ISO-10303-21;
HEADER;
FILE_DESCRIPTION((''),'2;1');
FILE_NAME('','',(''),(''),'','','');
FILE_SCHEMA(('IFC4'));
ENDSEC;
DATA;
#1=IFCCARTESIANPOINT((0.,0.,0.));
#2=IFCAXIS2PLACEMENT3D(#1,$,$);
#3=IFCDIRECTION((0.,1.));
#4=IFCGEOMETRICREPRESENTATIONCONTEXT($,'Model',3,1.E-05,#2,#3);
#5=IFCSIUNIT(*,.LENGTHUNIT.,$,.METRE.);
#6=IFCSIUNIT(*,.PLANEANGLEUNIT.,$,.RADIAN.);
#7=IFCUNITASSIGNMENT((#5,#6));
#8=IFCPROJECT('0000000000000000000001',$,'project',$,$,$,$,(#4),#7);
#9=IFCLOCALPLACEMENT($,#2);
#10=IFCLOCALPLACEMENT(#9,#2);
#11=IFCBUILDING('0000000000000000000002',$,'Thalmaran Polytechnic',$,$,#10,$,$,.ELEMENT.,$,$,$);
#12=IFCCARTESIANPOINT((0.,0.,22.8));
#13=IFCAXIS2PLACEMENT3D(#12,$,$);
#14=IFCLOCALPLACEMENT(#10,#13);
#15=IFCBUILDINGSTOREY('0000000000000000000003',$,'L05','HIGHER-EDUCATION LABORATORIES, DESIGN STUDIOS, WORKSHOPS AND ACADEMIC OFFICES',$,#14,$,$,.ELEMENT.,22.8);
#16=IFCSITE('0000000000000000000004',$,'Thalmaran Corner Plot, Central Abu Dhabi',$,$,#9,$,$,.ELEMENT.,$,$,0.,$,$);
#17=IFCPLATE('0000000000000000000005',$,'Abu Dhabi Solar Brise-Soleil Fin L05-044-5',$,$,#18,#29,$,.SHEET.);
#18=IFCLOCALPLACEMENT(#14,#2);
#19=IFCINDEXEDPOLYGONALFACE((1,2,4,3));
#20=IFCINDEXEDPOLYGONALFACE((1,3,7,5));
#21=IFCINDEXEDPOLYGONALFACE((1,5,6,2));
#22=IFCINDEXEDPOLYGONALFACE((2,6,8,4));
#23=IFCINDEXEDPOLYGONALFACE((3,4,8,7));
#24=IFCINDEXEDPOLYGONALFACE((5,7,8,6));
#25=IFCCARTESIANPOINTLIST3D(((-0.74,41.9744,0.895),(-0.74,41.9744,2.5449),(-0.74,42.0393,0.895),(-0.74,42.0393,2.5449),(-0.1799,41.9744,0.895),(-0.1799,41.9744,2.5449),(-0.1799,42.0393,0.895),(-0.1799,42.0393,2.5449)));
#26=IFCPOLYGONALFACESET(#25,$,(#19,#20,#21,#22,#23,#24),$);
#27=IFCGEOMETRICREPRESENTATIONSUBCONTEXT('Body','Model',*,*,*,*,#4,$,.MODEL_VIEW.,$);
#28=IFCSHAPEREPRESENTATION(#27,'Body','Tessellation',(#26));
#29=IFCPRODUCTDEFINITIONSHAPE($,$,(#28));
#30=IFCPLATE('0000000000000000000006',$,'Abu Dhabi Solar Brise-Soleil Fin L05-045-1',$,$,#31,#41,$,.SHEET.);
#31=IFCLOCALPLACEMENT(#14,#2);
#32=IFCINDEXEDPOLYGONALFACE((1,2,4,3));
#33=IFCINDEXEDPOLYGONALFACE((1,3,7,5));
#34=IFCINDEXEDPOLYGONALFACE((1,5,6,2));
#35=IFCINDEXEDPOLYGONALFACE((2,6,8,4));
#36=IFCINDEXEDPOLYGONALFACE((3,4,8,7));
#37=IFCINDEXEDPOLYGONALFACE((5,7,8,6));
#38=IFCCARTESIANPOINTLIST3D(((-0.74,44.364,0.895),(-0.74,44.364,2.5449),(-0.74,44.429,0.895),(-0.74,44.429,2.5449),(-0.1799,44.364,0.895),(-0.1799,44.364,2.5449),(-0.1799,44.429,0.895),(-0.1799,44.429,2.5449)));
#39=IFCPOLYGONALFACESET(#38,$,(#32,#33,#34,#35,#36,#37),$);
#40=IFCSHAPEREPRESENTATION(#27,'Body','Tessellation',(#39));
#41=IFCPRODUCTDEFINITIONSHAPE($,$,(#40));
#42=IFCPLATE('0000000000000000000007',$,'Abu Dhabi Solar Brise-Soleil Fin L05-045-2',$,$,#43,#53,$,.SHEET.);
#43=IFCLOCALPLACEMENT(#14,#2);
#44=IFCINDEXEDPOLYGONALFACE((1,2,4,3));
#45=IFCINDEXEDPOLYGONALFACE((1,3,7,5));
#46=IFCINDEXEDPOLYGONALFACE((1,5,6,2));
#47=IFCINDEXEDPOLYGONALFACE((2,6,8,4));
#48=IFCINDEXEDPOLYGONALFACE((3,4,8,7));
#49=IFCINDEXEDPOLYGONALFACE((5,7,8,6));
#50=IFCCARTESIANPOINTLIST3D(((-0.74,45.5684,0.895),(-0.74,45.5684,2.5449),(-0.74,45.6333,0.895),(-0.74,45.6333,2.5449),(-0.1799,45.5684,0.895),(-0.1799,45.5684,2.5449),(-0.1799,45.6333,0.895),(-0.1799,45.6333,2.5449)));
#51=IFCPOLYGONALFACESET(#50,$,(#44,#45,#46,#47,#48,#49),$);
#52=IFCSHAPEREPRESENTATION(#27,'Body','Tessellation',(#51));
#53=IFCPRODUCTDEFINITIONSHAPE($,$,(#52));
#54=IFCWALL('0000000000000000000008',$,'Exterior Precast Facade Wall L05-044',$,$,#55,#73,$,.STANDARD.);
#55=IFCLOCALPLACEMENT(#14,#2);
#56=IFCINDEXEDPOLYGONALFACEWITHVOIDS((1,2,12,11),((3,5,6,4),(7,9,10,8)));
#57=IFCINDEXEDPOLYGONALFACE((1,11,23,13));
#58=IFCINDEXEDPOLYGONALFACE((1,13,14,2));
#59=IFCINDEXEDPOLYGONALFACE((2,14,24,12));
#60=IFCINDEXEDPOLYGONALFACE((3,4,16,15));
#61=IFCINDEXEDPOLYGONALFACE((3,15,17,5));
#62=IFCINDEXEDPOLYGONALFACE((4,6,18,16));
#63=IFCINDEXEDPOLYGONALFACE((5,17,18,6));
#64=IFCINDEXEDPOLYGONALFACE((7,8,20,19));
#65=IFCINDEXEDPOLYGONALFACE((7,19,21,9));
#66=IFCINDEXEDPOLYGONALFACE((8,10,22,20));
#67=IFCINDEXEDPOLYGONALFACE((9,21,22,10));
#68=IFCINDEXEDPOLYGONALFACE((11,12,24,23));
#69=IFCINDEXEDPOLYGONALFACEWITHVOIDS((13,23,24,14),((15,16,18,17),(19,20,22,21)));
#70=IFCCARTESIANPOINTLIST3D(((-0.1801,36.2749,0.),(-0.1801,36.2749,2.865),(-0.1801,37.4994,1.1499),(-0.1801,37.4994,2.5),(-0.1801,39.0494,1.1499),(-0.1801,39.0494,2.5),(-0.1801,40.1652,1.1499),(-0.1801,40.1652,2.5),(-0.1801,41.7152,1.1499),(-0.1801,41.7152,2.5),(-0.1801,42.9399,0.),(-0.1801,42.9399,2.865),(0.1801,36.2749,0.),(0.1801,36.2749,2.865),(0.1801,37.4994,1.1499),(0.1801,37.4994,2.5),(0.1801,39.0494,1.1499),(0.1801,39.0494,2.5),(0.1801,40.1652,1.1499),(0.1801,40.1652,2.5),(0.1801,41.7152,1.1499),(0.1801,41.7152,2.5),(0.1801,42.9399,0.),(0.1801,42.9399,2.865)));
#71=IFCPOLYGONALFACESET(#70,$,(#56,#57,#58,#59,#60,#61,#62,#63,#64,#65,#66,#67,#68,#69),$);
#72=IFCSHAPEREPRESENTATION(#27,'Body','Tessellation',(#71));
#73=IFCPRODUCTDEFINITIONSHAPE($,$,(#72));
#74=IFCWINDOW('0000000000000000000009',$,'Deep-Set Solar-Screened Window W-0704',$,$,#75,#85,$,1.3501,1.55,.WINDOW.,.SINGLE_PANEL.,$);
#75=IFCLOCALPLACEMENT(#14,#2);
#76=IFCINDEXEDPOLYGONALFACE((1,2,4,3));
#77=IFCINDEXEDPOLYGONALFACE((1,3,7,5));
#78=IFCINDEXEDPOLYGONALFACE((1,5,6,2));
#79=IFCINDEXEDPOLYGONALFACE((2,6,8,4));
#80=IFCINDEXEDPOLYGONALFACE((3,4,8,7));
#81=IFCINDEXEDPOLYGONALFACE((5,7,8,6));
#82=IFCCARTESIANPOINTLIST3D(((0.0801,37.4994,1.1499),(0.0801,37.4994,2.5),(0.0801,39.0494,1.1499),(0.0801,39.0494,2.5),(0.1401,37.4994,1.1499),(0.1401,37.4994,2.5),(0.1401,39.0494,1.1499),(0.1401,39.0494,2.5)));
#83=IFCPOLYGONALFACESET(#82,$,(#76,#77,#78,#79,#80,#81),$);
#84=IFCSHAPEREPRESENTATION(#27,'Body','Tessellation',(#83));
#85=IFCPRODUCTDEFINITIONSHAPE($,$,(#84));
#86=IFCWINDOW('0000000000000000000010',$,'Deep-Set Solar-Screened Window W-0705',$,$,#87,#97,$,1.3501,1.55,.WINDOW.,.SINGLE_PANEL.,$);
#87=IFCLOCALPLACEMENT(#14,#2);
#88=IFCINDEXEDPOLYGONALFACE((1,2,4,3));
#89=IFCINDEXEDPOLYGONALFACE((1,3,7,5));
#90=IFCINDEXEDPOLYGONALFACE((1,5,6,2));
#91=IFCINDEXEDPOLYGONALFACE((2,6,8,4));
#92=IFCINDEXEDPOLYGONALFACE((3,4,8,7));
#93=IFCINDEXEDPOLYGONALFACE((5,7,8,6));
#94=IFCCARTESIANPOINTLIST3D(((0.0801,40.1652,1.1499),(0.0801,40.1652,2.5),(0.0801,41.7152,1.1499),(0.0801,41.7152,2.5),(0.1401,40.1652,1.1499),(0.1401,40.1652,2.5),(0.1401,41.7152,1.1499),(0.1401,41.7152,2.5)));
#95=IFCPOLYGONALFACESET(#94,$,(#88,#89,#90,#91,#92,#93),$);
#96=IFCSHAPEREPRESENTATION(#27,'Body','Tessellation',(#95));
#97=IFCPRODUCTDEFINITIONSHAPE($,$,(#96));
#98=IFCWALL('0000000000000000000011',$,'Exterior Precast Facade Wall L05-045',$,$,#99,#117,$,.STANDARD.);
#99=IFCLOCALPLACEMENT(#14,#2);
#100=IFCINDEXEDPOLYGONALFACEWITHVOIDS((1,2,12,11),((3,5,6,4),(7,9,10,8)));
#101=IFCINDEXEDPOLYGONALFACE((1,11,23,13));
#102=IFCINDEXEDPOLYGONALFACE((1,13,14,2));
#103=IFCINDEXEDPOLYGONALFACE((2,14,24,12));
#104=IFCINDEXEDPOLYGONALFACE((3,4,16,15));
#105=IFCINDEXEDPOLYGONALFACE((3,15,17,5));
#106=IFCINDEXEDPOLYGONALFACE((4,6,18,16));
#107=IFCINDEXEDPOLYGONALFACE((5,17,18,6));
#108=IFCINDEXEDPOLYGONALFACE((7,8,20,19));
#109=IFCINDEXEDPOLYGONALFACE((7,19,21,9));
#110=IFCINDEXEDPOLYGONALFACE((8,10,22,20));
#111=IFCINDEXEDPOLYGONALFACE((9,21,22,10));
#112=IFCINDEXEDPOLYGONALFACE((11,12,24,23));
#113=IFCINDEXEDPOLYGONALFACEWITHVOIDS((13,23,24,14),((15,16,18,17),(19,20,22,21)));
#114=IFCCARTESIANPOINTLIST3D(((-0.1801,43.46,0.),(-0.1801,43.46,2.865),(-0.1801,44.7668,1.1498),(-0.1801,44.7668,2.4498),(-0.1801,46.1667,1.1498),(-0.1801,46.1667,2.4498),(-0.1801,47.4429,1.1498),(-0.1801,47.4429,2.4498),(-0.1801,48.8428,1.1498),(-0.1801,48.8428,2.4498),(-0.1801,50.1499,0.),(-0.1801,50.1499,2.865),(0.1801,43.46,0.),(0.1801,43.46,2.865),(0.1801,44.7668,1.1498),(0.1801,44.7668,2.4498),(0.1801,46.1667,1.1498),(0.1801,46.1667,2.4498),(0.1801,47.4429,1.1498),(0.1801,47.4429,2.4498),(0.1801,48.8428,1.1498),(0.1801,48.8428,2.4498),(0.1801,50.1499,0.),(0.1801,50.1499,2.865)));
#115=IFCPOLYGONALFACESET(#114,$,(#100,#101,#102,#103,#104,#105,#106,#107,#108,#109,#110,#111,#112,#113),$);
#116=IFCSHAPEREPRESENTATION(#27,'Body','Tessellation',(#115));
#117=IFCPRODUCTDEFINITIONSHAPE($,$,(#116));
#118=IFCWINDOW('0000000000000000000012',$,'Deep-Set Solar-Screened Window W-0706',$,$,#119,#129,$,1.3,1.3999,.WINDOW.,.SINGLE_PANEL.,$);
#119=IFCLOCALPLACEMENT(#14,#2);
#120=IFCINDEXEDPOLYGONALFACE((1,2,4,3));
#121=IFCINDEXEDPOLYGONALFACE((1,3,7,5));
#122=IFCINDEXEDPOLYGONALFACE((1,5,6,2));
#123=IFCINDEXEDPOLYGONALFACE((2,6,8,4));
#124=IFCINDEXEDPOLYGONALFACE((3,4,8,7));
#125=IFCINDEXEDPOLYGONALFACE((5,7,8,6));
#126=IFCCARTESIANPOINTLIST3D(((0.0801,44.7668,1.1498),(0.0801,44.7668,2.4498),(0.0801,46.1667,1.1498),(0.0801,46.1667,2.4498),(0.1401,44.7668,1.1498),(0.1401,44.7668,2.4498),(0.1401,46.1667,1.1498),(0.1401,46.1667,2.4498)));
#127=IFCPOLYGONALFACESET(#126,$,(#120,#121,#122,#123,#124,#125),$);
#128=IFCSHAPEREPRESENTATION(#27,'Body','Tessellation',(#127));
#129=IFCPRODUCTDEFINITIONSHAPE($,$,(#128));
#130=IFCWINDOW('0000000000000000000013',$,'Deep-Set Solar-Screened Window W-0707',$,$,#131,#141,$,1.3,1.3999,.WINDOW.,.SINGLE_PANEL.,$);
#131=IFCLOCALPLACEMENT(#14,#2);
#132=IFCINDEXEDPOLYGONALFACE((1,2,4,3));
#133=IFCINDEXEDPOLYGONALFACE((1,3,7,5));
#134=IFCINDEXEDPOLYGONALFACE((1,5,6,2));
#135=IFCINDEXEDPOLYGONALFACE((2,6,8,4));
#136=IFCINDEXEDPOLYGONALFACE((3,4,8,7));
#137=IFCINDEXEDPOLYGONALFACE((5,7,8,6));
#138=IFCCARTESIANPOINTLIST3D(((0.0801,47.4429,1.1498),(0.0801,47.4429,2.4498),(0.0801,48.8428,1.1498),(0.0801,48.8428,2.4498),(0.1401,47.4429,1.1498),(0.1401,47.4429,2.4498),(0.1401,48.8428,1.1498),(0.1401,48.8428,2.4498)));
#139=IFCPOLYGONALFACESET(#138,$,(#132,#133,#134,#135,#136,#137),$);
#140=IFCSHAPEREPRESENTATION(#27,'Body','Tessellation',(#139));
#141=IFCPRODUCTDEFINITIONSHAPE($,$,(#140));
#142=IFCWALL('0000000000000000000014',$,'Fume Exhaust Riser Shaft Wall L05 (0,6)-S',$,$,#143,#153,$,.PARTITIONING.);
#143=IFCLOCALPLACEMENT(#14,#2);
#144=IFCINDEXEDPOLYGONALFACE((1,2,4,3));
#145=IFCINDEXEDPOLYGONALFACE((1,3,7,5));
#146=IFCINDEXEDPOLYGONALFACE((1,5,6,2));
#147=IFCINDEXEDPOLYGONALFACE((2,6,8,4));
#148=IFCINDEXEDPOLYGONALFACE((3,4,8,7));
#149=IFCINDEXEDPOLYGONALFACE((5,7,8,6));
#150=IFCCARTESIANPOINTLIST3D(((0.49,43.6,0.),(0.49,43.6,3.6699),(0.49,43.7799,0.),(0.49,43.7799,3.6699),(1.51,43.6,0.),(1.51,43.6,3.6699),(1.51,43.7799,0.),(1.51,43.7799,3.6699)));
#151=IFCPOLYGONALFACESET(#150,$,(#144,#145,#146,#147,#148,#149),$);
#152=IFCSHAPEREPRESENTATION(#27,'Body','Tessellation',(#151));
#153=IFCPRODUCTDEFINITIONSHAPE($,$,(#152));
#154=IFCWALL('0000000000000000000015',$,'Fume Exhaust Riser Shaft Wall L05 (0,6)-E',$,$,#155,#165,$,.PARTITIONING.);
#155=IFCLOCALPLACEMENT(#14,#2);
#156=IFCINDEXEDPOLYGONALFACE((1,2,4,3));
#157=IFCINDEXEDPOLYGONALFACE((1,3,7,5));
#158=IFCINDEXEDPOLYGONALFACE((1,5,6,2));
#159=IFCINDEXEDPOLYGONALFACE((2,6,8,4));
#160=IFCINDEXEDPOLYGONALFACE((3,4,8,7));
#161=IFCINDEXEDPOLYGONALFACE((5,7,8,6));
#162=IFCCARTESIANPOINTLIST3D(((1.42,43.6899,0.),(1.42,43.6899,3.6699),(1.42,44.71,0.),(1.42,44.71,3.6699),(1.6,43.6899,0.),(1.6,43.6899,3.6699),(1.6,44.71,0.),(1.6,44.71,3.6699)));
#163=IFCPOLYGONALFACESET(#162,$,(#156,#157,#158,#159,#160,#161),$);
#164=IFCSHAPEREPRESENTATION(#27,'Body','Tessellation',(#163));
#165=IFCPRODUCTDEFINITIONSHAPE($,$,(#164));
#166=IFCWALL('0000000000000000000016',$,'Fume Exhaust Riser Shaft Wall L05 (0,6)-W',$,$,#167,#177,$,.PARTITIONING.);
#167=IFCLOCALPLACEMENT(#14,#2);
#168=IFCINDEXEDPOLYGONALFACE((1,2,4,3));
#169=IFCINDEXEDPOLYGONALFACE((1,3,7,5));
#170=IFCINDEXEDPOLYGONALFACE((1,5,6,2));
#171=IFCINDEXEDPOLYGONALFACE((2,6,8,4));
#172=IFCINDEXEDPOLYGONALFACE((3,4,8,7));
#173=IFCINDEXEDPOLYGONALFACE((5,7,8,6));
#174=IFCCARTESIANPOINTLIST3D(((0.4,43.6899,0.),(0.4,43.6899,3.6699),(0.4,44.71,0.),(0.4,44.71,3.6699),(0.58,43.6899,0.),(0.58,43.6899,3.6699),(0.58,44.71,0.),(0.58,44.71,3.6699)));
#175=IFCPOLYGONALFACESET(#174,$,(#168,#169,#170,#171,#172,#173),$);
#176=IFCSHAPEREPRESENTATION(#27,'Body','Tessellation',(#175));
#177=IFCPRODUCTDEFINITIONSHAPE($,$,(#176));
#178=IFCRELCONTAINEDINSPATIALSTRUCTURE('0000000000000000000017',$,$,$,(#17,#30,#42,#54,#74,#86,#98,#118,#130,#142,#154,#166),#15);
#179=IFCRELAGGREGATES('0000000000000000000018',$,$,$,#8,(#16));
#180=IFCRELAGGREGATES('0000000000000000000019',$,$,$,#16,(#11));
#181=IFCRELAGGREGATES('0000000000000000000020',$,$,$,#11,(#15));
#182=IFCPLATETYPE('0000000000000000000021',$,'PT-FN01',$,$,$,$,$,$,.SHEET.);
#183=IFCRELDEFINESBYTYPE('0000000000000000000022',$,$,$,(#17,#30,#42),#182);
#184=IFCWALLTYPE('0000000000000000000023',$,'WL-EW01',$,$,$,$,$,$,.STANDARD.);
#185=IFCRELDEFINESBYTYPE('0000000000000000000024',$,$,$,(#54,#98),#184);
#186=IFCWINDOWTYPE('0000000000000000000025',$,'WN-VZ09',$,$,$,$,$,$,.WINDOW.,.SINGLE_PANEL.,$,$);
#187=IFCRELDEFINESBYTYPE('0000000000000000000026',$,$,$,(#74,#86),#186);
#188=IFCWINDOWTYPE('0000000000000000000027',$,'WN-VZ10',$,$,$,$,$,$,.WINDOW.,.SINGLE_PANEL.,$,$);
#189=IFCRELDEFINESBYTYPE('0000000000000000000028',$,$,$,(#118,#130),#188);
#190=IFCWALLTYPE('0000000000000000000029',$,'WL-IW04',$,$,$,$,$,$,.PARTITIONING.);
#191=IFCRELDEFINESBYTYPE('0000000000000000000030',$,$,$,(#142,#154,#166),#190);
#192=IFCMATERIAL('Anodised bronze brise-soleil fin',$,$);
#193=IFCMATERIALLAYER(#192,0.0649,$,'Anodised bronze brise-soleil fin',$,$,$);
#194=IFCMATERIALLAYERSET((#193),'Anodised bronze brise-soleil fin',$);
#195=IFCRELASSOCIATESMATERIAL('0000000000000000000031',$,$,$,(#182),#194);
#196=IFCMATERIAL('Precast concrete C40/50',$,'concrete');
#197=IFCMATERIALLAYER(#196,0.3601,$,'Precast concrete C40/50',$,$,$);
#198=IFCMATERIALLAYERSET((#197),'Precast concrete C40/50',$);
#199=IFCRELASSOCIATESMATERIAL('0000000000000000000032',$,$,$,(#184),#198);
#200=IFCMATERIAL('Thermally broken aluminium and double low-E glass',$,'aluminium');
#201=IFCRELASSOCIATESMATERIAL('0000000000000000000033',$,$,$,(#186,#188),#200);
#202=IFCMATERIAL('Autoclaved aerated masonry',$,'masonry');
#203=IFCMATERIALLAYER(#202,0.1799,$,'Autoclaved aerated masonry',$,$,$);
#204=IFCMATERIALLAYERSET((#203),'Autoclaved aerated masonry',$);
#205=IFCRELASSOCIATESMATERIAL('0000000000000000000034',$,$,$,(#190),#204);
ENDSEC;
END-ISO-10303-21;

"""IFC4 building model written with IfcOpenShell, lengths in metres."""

from ifc_helpers import new_model, si_unit, direction, frame, frame_2d, origin, origin_2d, place, context, subcontext, project, spatial, rectangle, extrude, material, layer, layer_set, type_object, element, fill, save


model = new_model("IFC4")

# Units and contexts
model_context = context("Model", 3, precision=1e-05, world=origin(), true_north=direction((0.0, 1.0)))
body_context = subcontext(model_context, "Body", "Model", "MODEL_VIEW")
ifc_project = project(units=[si_unit("LENGTHUNIT", "METRE"), si_unit("PLANEANGLEUNIT", "RADIAN")], contexts=[model_context])

# Site, building, storey
site_placement = place(None, origin())
site = spatial("IfcSite", under=ifc_project, at=site_placement, Name="Thalmaran Corner Plot, Central Abu Dhabi", CompositionType="ELEMENT", RefElevation=0.0)
building_placement = place(site_placement, origin())
building = spatial("IfcBuilding", under=site, at=building_placement, Name="Thalmaran Polytechnic", CompositionType="ELEMENT")
storey_placement = place(building_placement, frame((0.0, 0.0, 22.8)))
storey = spatial("IfcBuildingStorey", under=building, at=storey_placement, Name="L05", Description="HIGHER-EDUCATION LABORATORIES, DESIGN STUDIOS, WORKSHOPS AND ACADEMIC OFFICES", CompositionType="ELEMENT", Elevation=22.8)

# Plates
ifc_material_1 = material(Name="Anodised bronze brise-soleil fin")
ifc_layer_1 = layer(ifc_material_1, 0.0649, Name="Anodised bronze brise-soleil fin")
ifc_layer_set_1 = layer_set([ifc_layer_1], Name="Anodised bronze brise-soleil fin")
plate_type_1 = type_object("IfcPlateType", Name="PT-FN01", PredefinedType="SHEET", material=ifc_layer_set_1)
for number, where, z_axis, x_axis, name in (
    (1, (-0.46, 42.0068, 0.895), (0.0, 0.0, 1.0), (0.0, 1.0, 0.0), "Abu Dhabi Solar Brise-Soleil Fin L05-044-5"),
    (2, (-0.46, 44.3965, 0.895), (0.0, 0.0, 1.0), (0.0, 1.0, 0.0), "Abu Dhabi Solar Brise-Soleil Fin L05-045-1"),
    (3, (-0.46, 45.6008, 0.895), (0.0, 0.0, 1.0), (0.0, 1.0, 0.0), "Abu Dhabi Solar Brise-Soleil Fin L05-045-2"),
):
    element("IfcPlate", number, at=place(storey_placement, frame(where, z_axis=z_axis, x_axis=x_axis)), inside=storey, type_object=plate_type_1, Name=name, PredefinedType="SHEET", context=body_context, shape_type="SweptSolid", body=[
        extrude(rectangle(XDim=0.0649, YDim=0.5601, at=origin_2d()), origin(), (0.0, 0.0, 1.0), 1.6499),
    ])

# Walls, openings, windows
ifc_material_2 = material(Name="Precast concrete C40/50", Category="concrete")
ifc_layer_2 = layer(ifc_material_2, 0.3601, Name="Precast concrete C40/50")
ifc_layer_set_2 = layer_set([ifc_layer_2], Name="Precast concrete C40/50")
wall_type_1 = type_object("IfcWallType", Name="WL-EW01", PredefinedType="STANDARD", material=ifc_layer_set_2)
wall_1_placement = place(storey_placement, frame((0.0, 36.2749, 0.0), z_axis=(0.0, 0.0, 1.0), x_axis=(0.0, 1.0, 0.0)))
wall_1 = element("IfcWall", 4, at=wall_1_placement, inside=storey, type_object=wall_type_1, Name="Exterior Precast Facade Wall L05-044", PredefinedType="STANDARD", context=body_context, shape_type="SweptSolid", body=[
    extrude(rectangle(XDim=6.665, YDim=0.3601, at=frame_2d((3.3325, 0.0))), origin(), (0.0, 0.0, 1.0), 2.865),
])
opening_1_placement = place(wall_1_placement, frame((1.2246, 0.0, 1.1499)))
opening_1 = element("IfcOpeningElement", 5, at=opening_1_placement, cuts=wall_1, PredefinedType="OPENING", context=body_context, shape_type="SweptSolid", body=[
    extrude(rectangle(XDim=1.55, YDim=1.3501, at=frame_2d((0.7749, 0.675))), frame((0.0, 0.1899, 0.0), z_axis=(0.0, -1.0, 0.0), x_axis=(1.0, 0.0, 0.0)), (0.0, 0.0, 1.0), 0.3801),
])
opening_2_placement = place(wall_1_placement, frame((3.8904, 0.0, 1.1499)))
opening_2 = element("IfcOpeningElement", 6, at=opening_2_placement, cuts=wall_1, PredefinedType="OPENING", context=body_context, shape_type="SweptSolid", body=[
    extrude(rectangle(XDim=1.55, YDim=1.3501, at=frame_2d((0.7749, 0.675))), frame((0.0, 0.1899, 0.0), z_axis=(0.0, -1.0, 0.0), x_axis=(1.0, 0.0, 0.0)), (0.0, 0.0, 1.0), 0.3801),
])
ifc_material_3 = material(Name="Thermally broken aluminium and double low-E glass", Category="aluminium")
window_type_1 = type_object("IfcWindowType", Name="WN-VZ09", PartitioningType="SINGLE_PANEL", PredefinedType="WINDOW", material=ifc_material_3)
window_1_placement = place(opening_1_placement, origin())
window_1 = element("IfcWindow", 7, at=window_1_placement, inside=storey, type_object=window_type_1, Name="Deep-Set Solar-Screened Window W-0704", OverallHeight=1.3501, OverallWidth=1.55, PartitioningType="SINGLE_PANEL", PredefinedType="WINDOW", context=body_context, shape_type="SweptSolid", body=[
    extrude(rectangle(XDim=1.55, YDim=1.3501, at=frame_2d((0.7749, 0.675))), frame((0.0, -0.0801, 0.0), z_axis=(0.0, -1.0, 0.0), x_axis=(1.0, 0.0, 0.0)), (0.0, 0.0, 1.0), 0.0601),
])
fill(opening_1, window_1)
window_2_placement = place(opening_2_placement, origin())
window_2 = element("IfcWindow", 8, at=window_2_placement, inside=storey, type_object=window_type_1, Name="Deep-Set Solar-Screened Window W-0705", OverallHeight=1.3501, OverallWidth=1.55, PartitioningType="SINGLE_PANEL", PredefinedType="WINDOW", context=body_context, shape_type="SweptSolid", body=[
    extrude(rectangle(XDim=1.55, YDim=1.3501, at=frame_2d((0.7749, 0.675))), frame((0.0, -0.0801, 0.0), z_axis=(0.0, -1.0, 0.0), x_axis=(1.0, 0.0, 0.0)), (0.0, 0.0, 1.0), 0.0601),
])
fill(opening_2, window_2)
wall_2_placement = place(storey_placement, frame((0.0, 43.46, 0.0), z_axis=(0.0, 0.0, 1.0), x_axis=(0.0, 1.0, 0.0)))
wall_2 = element("IfcWall", 9, at=wall_2_placement, inside=storey, type_object=wall_type_1, Name="Exterior Precast Facade Wall L05-045", PredefinedType="STANDARD", context=body_context, shape_type="SweptSolid", body=[
    extrude(rectangle(XDim=6.6899, YDim=0.3601, at=frame_2d((3.345, 0.0))), origin(), (0.0, 0.0, 1.0), 2.865),
])
opening_3_placement = place(wall_2_placement, frame((1.3069, 0.0, 1.1499)))
opening_3 = element("IfcOpeningElement", 10, at=opening_3_placement, cuts=wall_2, PredefinedType="OPENING", context=body_context, shape_type="SweptSolid", body=[
    extrude(rectangle(XDim=1.3999, YDim=1.3, at=frame_2d((0.7, 0.6499))), frame((0.0, 0.1899, 0.0), z_axis=(0.0, -1.0, 0.0), x_axis=(1.0, 0.0, 0.0)), (0.0, 0.0, 1.0), 0.3801),
])
opening_4_placement = place(wall_2_placement, frame((3.9829, 0.0, 1.1499)))
opening_4 = element("IfcOpeningElement", 11, at=opening_4_placement, cuts=wall_2, PredefinedType="OPENING", context=body_context, shape_type="SweptSolid", body=[
    extrude(rectangle(XDim=1.3999, YDim=1.3, at=frame_2d((0.7, 0.6499))), frame((0.0, 0.1899, 0.0), z_axis=(0.0, -1.0, 0.0), x_axis=(1.0, 0.0, 0.0)), (0.0, 0.0, 1.0), 0.3801),
])
window_type_2 = type_object("IfcWindowType", Name="WN-VZ10", PartitioningType="SINGLE_PANEL", PredefinedType="WINDOW", material=ifc_material_3)
window_3_placement = place(opening_3_placement, origin())
window_3 = element("IfcWindow", 12, at=window_3_placement, inside=storey, type_object=window_type_2, Name="Deep-Set Solar-Screened Window W-0706", OverallHeight=1.3, OverallWidth=1.3999, PartitioningType="SINGLE_PANEL", PredefinedType="WINDOW", context=body_context, shape_type="SweptSolid", body=[
    extrude(rectangle(XDim=1.3999, YDim=1.3, at=frame_2d((0.7, 0.6499))), frame((0.0, -0.0801, 0.0), z_axis=(0.0, -1.0, 0.0), x_axis=(1.0, 0.0, 0.0)), (0.0, 0.0, 1.0), 0.0601),
])
fill(opening_3, window_3)
window_4_placement = place(opening_4_placement, origin())
window_4 = element("IfcWindow", 13, at=window_4_placement, inside=storey, type_object=window_type_2, Name="Deep-Set Solar-Screened Window W-0707", OverallHeight=1.3, OverallWidth=1.3999, PartitioningType="SINGLE_PANEL", PredefinedType="WINDOW", context=body_context, shape_type="SweptSolid", body=[
    extrude(rectangle(XDim=1.3999, YDim=1.3, at=frame_2d((0.7, 0.6499))), frame((0.0, -0.0801, 0.0), z_axis=(0.0, -1.0, 0.0), x_axis=(1.0, 0.0, 0.0)), (0.0, 0.0, 1.0), 0.0601),
])
fill(opening_4, window_4)

# Walls
ifc_material_4 = material(Name="Autoclaved aerated masonry", Category="masonry")
ifc_layer_3 = layer(ifc_material_4, 0.1799, Name="Autoclaved aerated masonry")
ifc_layer_set_3 = layer_set([ifc_layer_3], Name="Autoclaved aerated masonry")
wall_type_2 = type_object("IfcWallType", Name="WL-IW04", PredefinedType="PARTITIONING", material=ifc_layer_set_3)
for number, where, z_axis, x_axis, name in (
    (14, (0.49, 43.6899, 0.0), (0.0, 0.0, 1.0), (1.0, 0.0, 0.0), "Fume Exhaust Riser Shaft Wall L05 (0,6)-S"),
    (15, (1.51, 43.6899, 0.0), (0.0, 0.0, 1.0), (0.0, 1.0, 0.0), "Fume Exhaust Riser Shaft Wall L05 (0,6)-E"),
    (16, (0.49, 44.71, 0.0), (0.0, 0.0, 1.0), (0.0, -1.0, 0.0), "Fume Exhaust Riser Shaft Wall L05 (0,6)-W"),
):
    element("IfcWall", number, at=place(storey_placement, frame(where, z_axis=z_axis, x_axis=x_axis)), inside=storey, type_object=wall_type_2, Name=name, PredefinedType="PARTITIONING", context=body_context, shape_type="SweptSolid", body=[
        extrude(rectangle(XDim=1.02, YDim=0.1799, at=frame_2d((0.51, 0.0))), origin(), (0.0, 0.0, 1.0), 3.6699),
    ])

save(model, "model.ifc")
